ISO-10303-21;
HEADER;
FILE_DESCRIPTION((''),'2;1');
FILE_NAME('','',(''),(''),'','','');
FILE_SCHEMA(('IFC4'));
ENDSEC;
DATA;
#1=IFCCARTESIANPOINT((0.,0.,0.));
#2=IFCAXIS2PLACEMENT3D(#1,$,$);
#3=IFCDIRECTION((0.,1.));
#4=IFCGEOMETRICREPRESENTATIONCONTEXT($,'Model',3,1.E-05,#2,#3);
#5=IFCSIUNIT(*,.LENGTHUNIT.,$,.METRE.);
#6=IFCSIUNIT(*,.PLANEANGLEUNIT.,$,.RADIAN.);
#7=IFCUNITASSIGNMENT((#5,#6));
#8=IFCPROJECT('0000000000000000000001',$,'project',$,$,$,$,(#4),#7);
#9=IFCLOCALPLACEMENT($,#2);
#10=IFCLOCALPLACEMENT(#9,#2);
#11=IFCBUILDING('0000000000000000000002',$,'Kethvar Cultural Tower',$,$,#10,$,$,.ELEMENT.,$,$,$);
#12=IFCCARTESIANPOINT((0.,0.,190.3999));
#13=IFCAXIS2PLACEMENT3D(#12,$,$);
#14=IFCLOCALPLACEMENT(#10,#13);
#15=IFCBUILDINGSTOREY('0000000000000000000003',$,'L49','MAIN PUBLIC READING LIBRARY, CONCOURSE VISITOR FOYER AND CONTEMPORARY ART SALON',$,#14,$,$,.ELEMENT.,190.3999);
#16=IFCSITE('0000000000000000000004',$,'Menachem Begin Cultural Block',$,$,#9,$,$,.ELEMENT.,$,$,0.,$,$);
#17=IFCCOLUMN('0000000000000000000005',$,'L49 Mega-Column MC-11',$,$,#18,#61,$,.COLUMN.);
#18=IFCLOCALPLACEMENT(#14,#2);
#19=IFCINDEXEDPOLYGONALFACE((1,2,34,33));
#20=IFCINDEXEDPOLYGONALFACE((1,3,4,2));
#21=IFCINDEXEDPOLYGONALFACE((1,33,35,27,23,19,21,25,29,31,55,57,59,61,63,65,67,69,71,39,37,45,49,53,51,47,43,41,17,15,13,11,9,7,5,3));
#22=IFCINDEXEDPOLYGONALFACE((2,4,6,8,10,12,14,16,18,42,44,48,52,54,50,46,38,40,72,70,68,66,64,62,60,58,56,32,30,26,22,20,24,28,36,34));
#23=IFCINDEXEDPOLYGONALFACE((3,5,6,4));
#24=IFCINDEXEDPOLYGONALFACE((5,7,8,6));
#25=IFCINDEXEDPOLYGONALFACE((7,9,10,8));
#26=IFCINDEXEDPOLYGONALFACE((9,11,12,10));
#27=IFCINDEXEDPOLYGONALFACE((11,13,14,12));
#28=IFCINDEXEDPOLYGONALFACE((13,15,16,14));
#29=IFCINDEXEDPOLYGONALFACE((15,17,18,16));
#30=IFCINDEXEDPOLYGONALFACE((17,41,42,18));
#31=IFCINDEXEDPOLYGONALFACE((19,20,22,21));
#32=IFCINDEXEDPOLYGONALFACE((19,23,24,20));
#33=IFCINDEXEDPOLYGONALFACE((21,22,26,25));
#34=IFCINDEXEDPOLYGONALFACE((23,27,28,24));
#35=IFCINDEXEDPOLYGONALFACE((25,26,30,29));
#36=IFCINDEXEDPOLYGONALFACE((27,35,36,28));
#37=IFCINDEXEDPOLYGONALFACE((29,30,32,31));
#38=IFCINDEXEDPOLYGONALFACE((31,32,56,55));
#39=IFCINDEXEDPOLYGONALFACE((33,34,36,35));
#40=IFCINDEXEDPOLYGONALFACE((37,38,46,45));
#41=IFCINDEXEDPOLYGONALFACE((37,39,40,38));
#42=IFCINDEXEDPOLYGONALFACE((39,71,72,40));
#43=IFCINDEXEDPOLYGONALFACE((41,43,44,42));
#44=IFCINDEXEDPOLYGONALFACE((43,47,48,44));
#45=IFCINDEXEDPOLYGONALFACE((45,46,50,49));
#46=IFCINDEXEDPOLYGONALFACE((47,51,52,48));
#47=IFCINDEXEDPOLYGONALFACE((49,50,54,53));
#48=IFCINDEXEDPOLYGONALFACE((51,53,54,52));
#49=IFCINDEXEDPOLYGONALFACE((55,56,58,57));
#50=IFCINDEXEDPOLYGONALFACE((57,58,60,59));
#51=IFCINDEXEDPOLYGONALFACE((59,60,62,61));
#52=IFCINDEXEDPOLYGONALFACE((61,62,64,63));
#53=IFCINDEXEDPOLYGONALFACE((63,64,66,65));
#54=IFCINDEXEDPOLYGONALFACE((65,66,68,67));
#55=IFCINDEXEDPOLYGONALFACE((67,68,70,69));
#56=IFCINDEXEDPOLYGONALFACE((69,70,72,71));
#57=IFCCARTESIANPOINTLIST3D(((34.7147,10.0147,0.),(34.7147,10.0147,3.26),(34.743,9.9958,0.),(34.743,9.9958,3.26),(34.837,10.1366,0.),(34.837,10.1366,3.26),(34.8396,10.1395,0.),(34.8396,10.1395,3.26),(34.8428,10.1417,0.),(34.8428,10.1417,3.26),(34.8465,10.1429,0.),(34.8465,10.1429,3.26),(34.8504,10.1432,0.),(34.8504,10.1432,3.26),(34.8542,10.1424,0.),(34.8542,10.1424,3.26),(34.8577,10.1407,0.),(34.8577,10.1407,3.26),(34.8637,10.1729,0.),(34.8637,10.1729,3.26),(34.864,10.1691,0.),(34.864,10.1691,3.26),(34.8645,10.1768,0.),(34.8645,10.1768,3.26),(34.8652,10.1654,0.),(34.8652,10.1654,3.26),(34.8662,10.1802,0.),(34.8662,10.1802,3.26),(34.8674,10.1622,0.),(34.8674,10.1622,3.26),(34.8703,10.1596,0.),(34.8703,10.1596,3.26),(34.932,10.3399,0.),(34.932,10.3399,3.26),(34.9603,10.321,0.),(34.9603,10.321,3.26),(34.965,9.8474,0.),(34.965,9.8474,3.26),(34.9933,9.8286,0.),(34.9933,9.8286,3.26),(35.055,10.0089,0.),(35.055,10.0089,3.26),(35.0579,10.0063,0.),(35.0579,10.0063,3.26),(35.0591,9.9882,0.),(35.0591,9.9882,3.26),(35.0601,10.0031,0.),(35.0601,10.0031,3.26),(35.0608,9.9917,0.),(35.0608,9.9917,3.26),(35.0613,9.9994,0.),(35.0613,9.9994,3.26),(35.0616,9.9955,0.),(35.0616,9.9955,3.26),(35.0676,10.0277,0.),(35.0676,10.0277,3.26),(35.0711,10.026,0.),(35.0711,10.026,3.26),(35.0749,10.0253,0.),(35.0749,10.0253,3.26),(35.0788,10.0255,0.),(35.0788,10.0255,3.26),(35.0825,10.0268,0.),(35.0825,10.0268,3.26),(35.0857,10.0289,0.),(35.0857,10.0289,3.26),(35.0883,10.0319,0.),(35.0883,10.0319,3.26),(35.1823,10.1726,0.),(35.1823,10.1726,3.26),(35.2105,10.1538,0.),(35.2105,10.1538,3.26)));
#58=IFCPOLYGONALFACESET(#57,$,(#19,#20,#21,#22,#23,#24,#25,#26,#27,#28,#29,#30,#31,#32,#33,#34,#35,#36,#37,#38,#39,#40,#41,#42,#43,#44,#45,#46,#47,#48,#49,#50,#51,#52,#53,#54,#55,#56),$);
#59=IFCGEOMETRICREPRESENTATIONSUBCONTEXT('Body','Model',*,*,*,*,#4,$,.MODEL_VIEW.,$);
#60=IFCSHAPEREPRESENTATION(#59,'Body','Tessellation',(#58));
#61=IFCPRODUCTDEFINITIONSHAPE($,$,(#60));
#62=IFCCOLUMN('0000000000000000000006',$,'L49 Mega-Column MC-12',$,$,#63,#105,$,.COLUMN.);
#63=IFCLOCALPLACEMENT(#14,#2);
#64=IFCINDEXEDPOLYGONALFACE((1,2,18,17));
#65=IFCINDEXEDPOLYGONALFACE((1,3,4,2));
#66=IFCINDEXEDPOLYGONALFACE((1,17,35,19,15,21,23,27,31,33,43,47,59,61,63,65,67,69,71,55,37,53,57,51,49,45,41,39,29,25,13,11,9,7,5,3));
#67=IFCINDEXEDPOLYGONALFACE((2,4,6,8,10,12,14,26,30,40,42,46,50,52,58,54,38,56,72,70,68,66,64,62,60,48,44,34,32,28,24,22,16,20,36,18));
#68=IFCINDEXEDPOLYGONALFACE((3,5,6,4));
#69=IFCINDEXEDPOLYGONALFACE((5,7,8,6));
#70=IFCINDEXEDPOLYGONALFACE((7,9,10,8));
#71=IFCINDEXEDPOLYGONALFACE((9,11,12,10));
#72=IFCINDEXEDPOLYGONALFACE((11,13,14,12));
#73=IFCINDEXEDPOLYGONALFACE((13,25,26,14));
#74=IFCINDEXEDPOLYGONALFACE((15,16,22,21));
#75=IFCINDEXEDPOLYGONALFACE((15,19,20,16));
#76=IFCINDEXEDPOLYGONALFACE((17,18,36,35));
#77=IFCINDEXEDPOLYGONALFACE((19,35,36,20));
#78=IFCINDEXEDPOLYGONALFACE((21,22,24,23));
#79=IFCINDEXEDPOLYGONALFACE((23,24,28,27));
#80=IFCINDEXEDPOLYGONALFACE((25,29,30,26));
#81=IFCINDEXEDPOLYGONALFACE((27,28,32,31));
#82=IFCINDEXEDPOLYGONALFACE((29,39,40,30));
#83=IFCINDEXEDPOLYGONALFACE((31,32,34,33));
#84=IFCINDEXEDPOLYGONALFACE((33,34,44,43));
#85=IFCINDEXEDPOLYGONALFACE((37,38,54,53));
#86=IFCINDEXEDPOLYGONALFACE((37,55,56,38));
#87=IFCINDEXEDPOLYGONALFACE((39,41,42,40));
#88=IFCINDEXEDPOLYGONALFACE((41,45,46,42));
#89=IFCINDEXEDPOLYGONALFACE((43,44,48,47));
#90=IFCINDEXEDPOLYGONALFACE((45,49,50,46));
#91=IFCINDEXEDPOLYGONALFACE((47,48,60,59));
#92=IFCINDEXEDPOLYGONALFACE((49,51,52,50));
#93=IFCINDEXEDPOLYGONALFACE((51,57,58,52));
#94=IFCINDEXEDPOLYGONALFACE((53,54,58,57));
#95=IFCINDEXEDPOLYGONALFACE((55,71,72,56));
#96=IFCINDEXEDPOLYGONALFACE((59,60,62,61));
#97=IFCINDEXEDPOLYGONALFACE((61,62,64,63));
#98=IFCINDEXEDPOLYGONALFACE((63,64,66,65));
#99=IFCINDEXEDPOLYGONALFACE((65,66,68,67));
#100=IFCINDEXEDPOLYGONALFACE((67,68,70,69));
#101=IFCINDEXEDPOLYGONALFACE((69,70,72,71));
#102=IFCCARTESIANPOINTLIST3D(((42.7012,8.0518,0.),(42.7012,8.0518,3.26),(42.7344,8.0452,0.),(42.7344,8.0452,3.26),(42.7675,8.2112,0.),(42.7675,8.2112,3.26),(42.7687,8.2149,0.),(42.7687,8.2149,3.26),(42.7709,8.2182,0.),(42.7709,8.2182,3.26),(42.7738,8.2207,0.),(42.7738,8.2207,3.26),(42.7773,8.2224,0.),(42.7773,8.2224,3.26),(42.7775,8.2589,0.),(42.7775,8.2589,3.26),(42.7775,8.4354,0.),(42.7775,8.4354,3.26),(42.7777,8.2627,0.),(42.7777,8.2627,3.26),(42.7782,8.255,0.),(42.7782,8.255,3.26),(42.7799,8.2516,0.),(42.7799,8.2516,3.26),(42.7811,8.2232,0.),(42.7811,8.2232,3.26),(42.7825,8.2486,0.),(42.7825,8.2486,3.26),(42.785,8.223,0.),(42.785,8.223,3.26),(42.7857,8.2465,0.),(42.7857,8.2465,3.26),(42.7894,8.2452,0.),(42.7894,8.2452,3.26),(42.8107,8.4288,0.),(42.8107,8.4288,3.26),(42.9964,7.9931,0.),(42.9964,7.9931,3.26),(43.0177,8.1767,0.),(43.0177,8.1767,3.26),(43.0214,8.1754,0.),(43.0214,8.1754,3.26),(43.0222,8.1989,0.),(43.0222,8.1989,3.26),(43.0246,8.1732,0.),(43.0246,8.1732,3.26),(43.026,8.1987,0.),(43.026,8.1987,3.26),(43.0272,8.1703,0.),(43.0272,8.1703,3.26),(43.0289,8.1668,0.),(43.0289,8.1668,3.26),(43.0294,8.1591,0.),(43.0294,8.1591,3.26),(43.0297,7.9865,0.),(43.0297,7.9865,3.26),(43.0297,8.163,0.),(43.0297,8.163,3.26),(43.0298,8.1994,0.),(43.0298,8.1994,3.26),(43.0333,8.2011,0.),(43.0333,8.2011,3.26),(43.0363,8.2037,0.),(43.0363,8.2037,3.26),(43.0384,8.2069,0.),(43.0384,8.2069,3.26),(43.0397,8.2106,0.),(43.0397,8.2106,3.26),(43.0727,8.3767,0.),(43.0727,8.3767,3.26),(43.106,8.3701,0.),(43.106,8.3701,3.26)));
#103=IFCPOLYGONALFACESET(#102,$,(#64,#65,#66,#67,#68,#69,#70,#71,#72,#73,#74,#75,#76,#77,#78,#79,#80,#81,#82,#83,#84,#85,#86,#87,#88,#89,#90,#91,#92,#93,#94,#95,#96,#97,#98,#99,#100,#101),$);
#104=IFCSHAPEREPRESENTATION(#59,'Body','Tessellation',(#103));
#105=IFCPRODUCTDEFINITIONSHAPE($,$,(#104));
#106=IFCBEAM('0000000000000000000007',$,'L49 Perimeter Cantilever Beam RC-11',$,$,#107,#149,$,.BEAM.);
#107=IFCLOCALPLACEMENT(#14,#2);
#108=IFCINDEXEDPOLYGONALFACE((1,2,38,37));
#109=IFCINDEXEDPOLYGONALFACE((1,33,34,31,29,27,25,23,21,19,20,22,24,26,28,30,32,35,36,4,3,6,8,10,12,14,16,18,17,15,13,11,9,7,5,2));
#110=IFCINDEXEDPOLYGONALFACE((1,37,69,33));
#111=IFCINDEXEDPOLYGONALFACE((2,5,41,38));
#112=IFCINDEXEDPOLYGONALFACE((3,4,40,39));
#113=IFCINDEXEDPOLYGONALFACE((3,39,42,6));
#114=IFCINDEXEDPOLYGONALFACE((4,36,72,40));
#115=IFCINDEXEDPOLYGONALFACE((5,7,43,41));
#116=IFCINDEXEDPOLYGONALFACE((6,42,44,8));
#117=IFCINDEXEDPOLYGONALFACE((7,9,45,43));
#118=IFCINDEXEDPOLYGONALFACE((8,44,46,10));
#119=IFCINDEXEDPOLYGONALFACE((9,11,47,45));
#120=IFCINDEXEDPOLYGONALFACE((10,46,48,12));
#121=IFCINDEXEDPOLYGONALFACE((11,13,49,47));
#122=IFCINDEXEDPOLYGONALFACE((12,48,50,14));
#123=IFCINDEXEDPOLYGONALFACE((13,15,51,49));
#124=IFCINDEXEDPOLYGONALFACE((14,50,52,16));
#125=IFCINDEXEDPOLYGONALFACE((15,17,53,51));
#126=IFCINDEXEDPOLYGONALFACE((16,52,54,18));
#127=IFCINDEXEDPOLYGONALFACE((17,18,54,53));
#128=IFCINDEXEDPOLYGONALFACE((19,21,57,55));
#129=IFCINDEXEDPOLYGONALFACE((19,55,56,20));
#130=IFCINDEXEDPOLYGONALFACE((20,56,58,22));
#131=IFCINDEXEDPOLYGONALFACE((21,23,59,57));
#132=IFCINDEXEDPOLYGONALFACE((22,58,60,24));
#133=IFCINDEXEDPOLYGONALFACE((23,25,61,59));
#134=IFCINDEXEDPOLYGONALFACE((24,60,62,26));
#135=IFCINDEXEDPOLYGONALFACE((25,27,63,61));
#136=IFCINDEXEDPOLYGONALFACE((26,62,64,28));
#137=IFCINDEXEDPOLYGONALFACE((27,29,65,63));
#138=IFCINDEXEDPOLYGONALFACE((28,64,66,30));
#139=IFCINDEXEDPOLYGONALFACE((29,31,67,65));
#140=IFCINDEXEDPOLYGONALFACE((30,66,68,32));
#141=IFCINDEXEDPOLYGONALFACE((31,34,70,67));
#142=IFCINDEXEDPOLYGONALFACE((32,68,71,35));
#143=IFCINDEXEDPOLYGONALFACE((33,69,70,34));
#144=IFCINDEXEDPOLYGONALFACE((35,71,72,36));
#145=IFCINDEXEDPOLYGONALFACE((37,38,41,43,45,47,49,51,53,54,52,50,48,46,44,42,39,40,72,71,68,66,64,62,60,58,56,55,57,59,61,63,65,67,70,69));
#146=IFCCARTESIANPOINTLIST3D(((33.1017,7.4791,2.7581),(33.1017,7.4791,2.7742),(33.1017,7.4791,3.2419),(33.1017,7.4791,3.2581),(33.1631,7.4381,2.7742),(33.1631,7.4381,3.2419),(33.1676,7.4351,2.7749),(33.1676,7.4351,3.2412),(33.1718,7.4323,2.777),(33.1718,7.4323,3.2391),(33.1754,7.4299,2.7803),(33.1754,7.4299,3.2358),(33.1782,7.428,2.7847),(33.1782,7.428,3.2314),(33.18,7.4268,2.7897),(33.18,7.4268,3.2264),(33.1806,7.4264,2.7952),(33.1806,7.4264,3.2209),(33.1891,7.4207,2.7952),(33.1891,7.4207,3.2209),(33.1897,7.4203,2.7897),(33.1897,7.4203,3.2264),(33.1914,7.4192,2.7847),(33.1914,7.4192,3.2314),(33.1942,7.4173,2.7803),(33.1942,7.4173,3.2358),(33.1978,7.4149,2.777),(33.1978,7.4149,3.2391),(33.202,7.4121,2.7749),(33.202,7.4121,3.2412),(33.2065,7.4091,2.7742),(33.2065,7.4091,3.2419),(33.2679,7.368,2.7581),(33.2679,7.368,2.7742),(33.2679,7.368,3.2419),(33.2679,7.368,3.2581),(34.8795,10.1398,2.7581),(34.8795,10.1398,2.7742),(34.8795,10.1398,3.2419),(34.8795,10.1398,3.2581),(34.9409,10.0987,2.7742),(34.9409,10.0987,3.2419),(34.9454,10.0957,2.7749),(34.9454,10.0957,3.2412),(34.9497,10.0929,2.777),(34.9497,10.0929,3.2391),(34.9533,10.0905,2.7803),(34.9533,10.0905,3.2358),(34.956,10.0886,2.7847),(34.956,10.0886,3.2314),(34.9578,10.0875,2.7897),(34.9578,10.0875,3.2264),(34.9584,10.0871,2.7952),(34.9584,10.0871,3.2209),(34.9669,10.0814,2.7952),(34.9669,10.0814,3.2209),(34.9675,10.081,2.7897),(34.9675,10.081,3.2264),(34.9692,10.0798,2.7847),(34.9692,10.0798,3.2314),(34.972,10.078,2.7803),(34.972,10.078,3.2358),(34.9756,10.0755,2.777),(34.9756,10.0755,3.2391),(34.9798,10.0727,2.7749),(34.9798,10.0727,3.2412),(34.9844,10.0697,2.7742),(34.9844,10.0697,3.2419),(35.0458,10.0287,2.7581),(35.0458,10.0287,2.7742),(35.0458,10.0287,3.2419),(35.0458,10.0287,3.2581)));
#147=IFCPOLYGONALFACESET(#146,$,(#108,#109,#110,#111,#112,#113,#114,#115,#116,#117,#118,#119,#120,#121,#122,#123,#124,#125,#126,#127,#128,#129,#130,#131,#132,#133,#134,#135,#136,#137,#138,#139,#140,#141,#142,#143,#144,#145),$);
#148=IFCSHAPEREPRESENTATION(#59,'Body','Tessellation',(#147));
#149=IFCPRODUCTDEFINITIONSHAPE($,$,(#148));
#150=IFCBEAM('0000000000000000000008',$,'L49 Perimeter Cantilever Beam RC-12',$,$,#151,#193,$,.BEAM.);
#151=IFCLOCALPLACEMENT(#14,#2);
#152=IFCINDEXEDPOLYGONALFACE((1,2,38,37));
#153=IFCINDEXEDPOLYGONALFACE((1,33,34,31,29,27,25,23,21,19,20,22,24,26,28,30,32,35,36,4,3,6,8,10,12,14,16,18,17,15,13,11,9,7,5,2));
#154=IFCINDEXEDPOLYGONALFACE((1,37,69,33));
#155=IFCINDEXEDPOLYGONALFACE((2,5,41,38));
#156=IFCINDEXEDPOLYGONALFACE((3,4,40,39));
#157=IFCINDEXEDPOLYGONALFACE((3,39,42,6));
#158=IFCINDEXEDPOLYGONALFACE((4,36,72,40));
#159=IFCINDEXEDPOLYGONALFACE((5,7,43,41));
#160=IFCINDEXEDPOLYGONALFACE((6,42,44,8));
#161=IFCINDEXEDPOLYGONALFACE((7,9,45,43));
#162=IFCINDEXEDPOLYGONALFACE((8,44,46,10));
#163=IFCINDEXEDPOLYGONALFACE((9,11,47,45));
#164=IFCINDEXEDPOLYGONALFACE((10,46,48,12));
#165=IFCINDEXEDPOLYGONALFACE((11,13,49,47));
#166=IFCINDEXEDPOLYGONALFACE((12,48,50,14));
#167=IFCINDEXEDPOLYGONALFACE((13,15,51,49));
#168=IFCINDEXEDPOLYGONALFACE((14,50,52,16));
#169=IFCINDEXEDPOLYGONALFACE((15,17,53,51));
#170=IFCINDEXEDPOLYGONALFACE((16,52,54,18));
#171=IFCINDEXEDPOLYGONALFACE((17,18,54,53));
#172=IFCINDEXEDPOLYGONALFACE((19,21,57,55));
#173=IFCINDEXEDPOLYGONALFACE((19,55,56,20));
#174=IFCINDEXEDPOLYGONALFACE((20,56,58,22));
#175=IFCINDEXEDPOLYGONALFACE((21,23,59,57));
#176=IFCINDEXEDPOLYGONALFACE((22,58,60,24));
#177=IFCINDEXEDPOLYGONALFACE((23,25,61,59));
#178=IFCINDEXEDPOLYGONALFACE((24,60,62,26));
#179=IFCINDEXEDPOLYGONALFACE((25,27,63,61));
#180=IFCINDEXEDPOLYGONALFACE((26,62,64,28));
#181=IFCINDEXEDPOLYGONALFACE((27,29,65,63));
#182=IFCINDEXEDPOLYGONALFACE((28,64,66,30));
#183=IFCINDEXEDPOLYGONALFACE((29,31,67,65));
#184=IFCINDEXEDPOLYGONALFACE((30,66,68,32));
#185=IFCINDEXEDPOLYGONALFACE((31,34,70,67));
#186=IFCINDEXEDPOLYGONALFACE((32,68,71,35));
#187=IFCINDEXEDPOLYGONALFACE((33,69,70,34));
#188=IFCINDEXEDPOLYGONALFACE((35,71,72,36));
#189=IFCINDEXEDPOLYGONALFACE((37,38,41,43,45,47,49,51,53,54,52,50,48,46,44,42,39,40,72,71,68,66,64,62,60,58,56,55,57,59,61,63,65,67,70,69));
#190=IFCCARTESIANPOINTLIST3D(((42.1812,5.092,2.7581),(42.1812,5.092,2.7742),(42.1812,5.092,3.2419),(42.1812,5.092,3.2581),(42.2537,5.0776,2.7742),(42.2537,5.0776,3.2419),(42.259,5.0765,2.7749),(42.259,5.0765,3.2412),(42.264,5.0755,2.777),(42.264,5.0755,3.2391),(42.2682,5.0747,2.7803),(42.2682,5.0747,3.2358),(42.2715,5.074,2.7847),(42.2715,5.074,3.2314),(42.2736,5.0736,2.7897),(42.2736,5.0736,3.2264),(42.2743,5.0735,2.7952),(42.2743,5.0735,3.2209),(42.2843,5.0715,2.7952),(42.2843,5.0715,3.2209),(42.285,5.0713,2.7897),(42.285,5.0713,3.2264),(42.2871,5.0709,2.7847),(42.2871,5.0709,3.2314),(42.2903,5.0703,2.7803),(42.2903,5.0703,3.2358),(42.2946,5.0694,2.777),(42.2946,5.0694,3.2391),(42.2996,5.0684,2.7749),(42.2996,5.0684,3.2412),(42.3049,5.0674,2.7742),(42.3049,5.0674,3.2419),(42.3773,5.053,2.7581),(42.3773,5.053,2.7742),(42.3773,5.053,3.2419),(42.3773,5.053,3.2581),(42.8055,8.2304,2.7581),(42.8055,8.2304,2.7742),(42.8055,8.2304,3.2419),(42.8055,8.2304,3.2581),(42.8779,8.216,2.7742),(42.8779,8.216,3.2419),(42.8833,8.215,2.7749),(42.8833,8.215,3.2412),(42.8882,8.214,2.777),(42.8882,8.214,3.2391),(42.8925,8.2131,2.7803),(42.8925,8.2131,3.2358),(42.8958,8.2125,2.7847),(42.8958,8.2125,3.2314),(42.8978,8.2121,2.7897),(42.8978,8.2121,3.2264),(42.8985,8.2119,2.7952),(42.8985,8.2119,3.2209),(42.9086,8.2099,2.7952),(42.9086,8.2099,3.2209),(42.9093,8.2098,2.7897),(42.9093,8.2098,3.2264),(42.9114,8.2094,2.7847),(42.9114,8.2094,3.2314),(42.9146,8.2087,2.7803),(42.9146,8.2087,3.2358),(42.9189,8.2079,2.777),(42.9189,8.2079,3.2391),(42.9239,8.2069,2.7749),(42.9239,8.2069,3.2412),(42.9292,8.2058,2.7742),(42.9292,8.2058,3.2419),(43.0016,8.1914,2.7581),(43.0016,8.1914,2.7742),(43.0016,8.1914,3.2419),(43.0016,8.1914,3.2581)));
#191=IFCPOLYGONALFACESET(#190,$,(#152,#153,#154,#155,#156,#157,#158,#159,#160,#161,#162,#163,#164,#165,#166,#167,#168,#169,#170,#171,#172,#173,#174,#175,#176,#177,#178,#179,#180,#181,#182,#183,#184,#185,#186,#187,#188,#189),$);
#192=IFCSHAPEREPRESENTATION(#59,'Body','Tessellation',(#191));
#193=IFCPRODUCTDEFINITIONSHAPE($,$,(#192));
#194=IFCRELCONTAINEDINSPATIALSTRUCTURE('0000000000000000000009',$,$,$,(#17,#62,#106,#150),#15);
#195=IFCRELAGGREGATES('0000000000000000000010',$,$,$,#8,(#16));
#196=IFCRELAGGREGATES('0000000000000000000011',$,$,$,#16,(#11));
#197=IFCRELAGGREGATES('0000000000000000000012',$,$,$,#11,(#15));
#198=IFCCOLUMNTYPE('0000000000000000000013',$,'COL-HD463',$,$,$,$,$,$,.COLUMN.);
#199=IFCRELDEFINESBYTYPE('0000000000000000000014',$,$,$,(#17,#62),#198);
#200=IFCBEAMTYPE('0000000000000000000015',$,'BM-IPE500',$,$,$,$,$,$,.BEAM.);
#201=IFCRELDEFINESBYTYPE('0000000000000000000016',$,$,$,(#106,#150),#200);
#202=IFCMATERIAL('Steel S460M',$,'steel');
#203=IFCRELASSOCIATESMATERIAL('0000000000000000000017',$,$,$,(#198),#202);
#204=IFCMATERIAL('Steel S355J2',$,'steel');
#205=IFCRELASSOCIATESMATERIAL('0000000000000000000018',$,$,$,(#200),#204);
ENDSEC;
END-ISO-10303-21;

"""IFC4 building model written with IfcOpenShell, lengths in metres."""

from ifc_helpers import new_model, si_unit, direction, frame, origin, origin_2d, place, context, subcontext, project, spatial, i_section, extrude, source, transform, mapped, material, material_profile, profile_set, type_object, element, save


model = new_model("IFC4")

# Units and contexts
model_context = context("Model", 3, precision=1e-05, world=origin(), true_north=direction((0.0, 1.0)))
body_context = subcontext(model_context, "Body", "Model", "MODEL_VIEW")
ifc_project = project(units=[si_unit("LENGTHUNIT", "METRE"), si_unit("PLANEANGLEUNIT", "RADIAN")], contexts=[model_context])

# Site, building, storey
site_placement = place(None, origin())
site = spatial("IfcSite", under=ifc_project, at=site_placement, Name="Menachem Begin Cultural Block", CompositionType="ELEMENT", RefElevation=0.0)
building_placement = place(site_placement, origin())
building = spatial("IfcBuilding", under=site, at=building_placement, Name="Kethvar Cultural Tower", CompositionType="ELEMENT")
storey_placement = place(building_placement, frame((0.0, 0.0, 190.3999)))
storey = spatial("IfcBuildingStorey", under=building, at=storey_placement, Name="L49", Description="MAIN PUBLIC READING LIBRARY, CONCOURSE VISITOR FOYER AND CONTEMPORARY ART SALON", CompositionType="ELEMENT", Elevation=190.3999)

# Columns
ifc_material_1 = material(Name="Steel S460M", Category="steel")
ifc_material_profile_1 = material_profile(ifc_material_1, i_section(OverallWidth=0.3911, OverallDepth=0.335, WebThickness=0.0227, FlangeThickness=0.0339, FilletRadius=0.0149, at=origin_2d()), Name="Steel S460M — HD400x463")
ifc_profile_set_1 = profile_set([ifc_material_profile_1], Name="Steel S460M — HD400x463")
column_type = type_object("IfcColumnType", Name="COL-HD463", PredefinedType="COLUMN", material=ifc_profile_set_1)
shared_shape_1 = source(origin(), body_context, "Body", "SweptSolid", [
    extrude(i_section(OverallWidth=0.3911, OverallDepth=0.335, WebThickness=0.0227, FlangeThickness=0.0339, FilletRadius=0.0149, at=origin_2d()), origin(), (0.0, 0.0, 1.0), 3.26),
])
for number, where, z_axis, x_axis, name in (
    (1, (34.9626, 10.0842, 0.0), (0.0, 0.0, 1.0), (-0.55557, -0.83147, 0.0), "L49 Mega-Column MC-11"),
    (2, (42.9036, 8.2109, 0.0), (0.0, 0.0, 1.0), (-0.19509, -0.980785, 0.0), "L49 Mega-Column MC-12"),
):
    element("IfcColumn", number, at=place(storey_placement, frame(where, z_axis=z_axis, x_axis=x_axis)), inside=storey, type_object=column_type, Name=name, PredefinedType="COLUMN", context=body_context, shape_type="MappedRepresentation", body=[
        mapped(shared_shape_1, transform((0.0, 0.0, 0.0), scale=1.0)),
    ])

# Beams
ifc_material_2 = material(Name="Steel S355J2", Category="steel")
ifc_material_profile_2 = material_profile(ifc_material_2, i_section(OverallWidth=0.2, OverallDepth=0.5, WebThickness=0.0103, FlangeThickness=0.0161, FilletRadius=0.021, at=origin_2d()), Name="Steel S355J2 — IPE500")
ifc_profile_set_2 = profile_set([ifc_material_profile_2], Name="Steel S355J2 — IPE500")
beam_type_1 = type_object("IfcBeamType", Name="BM-IPE500", PredefinedType="BEAM", material=ifc_profile_set_2)
shared_shape_2 = source(origin(), body_context, "Body", "SweptSolid", [
    extrude(i_section(OverallWidth=0.2, OverallDepth=0.5, WebThickness=0.0103, FlangeThickness=0.0161, FilletRadius=0.021, at=origin_2d()), origin(), (0.0, 0.0, 1.0), 3.2),
])
for number, where, z_axis, x_axis, name in (
    (3, (34.9626, 10.0842, 3.0081), (-0.55558, -0.831463, 0.0), (0.831463, -0.55558, 0.0), "L49 Perimeter Cantilever Beam RC-11"),
    (4, (42.9036, 8.2109, 3.0081), (-0.195089, -0.980786, 0.0), (0.980786, -0.195089, 0.0), "L49 Perimeter Cantilever Beam RC-12"),
):
    element("IfcBeam", number, at=place(storey_placement, frame(where, z_axis=z_axis, x_axis=x_axis)), inside=storey, type_object=beam_type_1, Name=name, PredefinedType="BEAM", context=body_context, shape_type="MappedRepresentation", body=[
        mapped(shared_shape_2, transform((0.0, 0.0, 0.0), scale=1.0)),
    ])

save(model, "model.ifc")
